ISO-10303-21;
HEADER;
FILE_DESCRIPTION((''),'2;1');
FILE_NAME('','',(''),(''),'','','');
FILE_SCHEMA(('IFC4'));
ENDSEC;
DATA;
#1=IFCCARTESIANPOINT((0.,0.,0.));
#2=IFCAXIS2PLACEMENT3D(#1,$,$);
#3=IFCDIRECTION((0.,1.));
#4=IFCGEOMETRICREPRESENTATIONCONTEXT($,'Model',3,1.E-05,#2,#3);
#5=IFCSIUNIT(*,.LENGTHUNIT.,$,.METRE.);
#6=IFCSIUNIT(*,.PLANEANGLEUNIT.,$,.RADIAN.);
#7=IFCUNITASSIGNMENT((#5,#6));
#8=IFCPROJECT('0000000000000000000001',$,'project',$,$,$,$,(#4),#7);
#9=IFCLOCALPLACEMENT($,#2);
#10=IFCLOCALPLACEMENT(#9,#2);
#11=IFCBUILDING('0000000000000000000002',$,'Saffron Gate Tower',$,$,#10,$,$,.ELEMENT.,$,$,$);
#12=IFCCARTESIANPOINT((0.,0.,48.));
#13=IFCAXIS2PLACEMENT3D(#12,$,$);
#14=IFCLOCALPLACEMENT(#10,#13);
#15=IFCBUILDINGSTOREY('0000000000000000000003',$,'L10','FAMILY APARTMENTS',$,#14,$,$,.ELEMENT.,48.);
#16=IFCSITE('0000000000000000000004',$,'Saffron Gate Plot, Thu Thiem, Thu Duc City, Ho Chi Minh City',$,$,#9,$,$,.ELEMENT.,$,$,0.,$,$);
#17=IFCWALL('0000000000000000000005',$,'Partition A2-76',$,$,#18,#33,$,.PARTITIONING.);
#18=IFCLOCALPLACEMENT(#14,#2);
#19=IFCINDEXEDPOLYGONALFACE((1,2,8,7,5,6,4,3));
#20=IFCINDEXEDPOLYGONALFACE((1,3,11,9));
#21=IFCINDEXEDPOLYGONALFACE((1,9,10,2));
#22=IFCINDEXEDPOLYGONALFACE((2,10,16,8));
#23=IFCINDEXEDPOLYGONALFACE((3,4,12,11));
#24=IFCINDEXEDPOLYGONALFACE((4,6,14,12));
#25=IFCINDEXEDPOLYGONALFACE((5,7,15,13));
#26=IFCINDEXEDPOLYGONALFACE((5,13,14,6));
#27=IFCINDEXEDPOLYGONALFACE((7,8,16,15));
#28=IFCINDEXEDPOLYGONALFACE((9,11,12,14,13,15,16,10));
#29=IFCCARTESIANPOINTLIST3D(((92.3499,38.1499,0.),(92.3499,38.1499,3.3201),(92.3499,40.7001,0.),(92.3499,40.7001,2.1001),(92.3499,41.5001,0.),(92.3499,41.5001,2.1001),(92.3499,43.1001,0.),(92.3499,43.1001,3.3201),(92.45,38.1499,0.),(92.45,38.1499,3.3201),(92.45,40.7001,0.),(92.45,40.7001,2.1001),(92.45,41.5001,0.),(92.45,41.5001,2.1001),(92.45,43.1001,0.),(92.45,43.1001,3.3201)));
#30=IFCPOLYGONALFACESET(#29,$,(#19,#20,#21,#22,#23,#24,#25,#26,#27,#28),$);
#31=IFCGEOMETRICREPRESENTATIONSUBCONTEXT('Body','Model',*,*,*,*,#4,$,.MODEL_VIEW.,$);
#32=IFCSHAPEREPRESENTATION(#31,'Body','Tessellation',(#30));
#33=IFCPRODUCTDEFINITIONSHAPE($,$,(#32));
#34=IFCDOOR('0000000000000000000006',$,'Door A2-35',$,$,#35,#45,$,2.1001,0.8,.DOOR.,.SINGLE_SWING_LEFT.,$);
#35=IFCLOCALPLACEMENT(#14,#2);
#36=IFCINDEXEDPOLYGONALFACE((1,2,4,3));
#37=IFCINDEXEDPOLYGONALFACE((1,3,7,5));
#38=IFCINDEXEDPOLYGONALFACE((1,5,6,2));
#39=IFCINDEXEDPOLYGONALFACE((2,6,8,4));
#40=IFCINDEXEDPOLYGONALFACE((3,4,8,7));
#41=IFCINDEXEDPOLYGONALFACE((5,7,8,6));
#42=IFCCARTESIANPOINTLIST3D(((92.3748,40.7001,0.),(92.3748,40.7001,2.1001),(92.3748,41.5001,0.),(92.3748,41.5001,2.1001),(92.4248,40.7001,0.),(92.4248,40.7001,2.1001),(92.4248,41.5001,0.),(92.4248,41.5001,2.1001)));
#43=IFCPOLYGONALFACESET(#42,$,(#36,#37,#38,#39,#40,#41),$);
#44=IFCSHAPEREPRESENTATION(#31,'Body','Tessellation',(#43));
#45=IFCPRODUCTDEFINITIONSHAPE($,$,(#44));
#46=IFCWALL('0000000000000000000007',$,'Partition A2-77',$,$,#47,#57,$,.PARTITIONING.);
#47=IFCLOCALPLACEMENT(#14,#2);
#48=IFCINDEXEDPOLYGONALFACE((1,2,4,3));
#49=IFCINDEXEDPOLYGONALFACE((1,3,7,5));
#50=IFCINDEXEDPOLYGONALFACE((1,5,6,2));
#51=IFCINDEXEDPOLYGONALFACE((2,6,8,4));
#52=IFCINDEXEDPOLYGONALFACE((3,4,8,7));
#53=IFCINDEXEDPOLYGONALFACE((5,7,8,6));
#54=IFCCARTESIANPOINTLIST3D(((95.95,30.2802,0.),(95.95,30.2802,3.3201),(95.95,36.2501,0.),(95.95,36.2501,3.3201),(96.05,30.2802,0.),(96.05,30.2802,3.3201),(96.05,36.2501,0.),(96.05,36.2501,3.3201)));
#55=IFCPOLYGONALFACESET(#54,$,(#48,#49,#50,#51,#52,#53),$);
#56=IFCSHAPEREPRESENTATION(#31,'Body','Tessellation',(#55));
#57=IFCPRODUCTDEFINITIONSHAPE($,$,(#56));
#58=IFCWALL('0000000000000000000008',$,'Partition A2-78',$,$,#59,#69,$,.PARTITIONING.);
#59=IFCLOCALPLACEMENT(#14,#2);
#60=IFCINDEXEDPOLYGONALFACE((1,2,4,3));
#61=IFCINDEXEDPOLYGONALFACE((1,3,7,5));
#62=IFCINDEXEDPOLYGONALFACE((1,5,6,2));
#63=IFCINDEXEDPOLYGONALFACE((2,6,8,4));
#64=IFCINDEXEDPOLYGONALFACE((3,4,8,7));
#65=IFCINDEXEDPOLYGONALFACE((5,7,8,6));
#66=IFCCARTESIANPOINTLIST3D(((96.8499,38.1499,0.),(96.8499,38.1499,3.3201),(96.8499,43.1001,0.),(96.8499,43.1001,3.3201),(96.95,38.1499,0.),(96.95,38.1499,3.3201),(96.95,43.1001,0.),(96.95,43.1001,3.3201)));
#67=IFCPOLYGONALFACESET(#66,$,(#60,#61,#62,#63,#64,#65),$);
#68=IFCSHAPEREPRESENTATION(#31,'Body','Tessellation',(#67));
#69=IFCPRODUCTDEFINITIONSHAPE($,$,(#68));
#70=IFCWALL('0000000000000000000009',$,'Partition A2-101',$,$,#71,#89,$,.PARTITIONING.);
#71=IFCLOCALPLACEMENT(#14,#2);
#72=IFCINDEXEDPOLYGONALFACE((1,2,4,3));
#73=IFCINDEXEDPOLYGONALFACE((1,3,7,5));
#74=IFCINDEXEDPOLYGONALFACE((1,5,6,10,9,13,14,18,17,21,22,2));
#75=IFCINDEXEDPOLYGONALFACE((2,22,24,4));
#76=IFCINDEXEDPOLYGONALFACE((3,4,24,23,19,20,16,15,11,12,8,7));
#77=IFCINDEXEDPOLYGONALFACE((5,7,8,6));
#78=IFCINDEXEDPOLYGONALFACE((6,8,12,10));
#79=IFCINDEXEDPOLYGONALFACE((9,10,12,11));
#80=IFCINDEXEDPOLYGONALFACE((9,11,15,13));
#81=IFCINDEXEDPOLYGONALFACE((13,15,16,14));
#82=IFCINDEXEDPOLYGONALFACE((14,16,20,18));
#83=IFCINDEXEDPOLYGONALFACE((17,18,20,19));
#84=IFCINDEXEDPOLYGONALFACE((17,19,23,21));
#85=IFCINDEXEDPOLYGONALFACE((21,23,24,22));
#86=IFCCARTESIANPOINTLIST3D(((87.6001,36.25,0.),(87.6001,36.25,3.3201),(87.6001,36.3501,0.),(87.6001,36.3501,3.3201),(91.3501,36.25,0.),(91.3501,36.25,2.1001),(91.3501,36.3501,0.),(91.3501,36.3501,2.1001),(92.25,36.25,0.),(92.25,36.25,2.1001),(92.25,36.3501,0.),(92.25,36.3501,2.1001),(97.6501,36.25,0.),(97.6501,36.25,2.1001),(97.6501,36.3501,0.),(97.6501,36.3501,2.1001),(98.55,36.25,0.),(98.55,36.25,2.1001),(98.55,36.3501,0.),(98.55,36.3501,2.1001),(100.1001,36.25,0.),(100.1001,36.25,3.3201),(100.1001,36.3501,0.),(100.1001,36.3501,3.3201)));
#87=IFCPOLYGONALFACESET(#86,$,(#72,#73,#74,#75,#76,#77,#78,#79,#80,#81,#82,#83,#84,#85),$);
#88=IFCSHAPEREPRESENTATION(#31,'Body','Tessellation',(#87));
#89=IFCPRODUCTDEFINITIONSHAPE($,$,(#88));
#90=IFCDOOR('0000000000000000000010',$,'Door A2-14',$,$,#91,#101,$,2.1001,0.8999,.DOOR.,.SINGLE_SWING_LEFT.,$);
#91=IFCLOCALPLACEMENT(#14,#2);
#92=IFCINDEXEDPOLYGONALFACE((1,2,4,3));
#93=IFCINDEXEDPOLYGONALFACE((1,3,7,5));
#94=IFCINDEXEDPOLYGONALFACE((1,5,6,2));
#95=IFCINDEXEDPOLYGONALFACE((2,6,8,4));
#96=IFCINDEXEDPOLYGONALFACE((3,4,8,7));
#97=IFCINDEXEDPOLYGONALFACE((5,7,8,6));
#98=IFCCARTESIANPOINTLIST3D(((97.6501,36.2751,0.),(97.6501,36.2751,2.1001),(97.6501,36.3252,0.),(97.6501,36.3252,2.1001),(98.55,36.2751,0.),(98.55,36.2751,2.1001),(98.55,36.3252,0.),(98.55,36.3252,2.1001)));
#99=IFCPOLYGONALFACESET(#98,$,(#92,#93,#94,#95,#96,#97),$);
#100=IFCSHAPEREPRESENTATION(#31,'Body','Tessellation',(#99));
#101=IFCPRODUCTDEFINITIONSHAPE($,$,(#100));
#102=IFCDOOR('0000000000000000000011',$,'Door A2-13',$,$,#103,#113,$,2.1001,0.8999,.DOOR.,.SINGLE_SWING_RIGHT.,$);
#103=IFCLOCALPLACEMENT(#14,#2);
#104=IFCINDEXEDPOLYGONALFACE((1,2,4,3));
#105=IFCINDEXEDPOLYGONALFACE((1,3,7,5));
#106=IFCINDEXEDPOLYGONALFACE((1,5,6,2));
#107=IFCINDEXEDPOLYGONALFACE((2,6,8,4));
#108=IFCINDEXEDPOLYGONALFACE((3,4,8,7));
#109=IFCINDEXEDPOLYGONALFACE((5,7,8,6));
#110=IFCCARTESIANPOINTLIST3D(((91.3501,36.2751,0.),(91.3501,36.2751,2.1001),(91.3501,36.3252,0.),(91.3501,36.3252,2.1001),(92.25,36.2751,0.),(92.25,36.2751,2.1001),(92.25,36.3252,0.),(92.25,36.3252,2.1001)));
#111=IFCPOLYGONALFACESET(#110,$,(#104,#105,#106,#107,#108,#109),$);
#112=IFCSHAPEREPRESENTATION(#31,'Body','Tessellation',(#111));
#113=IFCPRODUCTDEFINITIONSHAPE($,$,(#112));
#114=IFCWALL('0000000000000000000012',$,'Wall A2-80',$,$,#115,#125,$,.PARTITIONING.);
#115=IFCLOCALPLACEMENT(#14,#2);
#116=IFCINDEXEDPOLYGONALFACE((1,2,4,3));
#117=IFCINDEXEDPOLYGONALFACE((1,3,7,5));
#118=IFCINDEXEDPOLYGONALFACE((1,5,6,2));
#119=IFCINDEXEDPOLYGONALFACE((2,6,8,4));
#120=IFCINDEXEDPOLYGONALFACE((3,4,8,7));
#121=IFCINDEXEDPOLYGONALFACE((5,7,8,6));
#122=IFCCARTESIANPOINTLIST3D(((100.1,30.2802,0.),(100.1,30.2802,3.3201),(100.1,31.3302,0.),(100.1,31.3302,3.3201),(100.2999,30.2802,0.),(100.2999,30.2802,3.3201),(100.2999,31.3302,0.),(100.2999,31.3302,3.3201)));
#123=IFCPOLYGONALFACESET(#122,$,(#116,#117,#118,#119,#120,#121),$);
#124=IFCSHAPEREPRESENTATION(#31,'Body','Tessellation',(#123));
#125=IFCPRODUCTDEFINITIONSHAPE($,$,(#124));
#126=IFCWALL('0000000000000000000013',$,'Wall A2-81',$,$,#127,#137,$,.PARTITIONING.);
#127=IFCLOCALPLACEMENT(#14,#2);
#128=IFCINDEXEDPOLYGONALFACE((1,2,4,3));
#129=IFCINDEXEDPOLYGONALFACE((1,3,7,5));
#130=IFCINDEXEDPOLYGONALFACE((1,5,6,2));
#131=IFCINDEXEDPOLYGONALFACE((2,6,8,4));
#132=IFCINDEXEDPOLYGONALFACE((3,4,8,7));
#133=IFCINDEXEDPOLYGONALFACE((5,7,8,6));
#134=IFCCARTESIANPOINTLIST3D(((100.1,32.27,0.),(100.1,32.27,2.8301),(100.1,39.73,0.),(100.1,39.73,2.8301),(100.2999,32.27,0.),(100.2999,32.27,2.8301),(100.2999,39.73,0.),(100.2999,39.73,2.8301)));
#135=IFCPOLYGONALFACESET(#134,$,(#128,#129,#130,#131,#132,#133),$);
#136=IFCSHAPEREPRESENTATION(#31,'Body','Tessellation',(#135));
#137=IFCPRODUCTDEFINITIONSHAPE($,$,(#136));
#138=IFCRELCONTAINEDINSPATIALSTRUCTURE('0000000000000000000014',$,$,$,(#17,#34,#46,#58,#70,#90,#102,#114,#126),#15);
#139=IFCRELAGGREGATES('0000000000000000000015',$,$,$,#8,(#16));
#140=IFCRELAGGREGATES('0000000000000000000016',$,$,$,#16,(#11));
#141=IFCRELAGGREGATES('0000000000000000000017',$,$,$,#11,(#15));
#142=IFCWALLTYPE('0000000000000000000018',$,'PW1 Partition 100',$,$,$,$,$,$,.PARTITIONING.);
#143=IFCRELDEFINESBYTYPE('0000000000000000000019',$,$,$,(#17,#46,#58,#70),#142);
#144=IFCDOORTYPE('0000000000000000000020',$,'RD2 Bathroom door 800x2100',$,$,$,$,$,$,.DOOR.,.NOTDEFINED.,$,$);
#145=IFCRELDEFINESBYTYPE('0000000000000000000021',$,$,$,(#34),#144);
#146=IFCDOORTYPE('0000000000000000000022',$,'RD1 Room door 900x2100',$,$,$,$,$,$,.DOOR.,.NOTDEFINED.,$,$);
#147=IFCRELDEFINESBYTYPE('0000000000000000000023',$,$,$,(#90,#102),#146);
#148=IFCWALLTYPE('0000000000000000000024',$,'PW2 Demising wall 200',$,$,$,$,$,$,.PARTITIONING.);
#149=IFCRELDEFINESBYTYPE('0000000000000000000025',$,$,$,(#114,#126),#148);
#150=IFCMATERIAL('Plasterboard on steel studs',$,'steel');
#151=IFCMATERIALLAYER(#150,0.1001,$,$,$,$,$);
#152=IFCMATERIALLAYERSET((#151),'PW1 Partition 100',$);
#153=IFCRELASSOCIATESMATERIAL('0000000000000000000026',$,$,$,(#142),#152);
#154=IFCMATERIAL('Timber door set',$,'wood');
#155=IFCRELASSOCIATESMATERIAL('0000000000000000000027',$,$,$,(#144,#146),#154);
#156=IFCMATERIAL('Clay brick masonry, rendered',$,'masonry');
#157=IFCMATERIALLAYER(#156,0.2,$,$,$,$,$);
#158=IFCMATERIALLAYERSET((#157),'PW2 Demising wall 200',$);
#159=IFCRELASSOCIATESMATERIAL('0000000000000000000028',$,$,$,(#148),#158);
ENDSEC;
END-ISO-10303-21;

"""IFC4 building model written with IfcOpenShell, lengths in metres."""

from ifc_helpers import new_model, si_unit, direction, frame, frame_2d, origin, place, context, subcontext, project, spatial, rectangle, extrude, material, layer, layer_set, type_object, element, fill, save


model = new_model("IFC4")

# Units and contexts
model_context = context("Model", 3, precision=1e-05, world=origin(), true_north=direction((0.0, 1.0)))
body_context = subcontext(model_context, "Body", "Model", "MODEL_VIEW")
ifc_project = project(units=[si_unit("LENGTHUNIT", "METRE"), si_unit("PLANEANGLEUNIT", "RADIAN")], contexts=[model_context])

# Site, building, storey
site_placement = place(None, origin())
site = spatial("IfcSite", under=ifc_project, at=site_placement, Name="Saffron Gate Plot, Thu Thiem, Thu Duc City, Ho Chi Minh City", CompositionType="ELEMENT", RefElevation=0.0)
building_placement = place(site_placement, origin())
building = spatial("IfcBuilding", under=site, at=building_placement, Name="Saffron Gate Tower", CompositionType="ELEMENT")
storey_placement = place(building_placement, frame((0.0, 0.0, 48.0)))
storey = spatial("IfcBuildingStorey", under=building, at=storey_placement, Name="L10", Description="FAMILY APARTMENTS", CompositionType="ELEMENT", Elevation=48.0)

# Wall, opening, door
ifc_material_1 = material(Name="Plasterboard on steel studs", Category="steel")
ifc_layer_1 = layer(ifc_material_1, 0.1001)
ifc_layer_set_1 = layer_set([ifc_layer_1], Name="PW1 Partition 100")
wall_type_1 = type_object("IfcWallType", Name="PW1 Partition 100", PredefinedType="PARTITIONING", material=ifc_layer_set_1)
ifc_material_2 = material(Name="Timber door set", Category="wood")
door_type_1 = type_object("IfcDoorType", Name="RD2 Bathroom door 800x2100", OperationType="NOTDEFINED", PredefinedType="DOOR", material=ifc_material_2)
wall_1_placement = place(storey_placement, frame((92.3999, 43.1001, 0.0), z_axis=(0.0, 0.0, 1.0), x_axis=(0.0, -1.0, 0.0)))
wall_1 = element("IfcWall", 1, at=wall_1_placement, inside=storey, type_object=wall_type_1, Name="Partition A2-76", PredefinedType="PARTITIONING", context=body_context, shape_type="SweptSolid", body=[
    extrude(rectangle(XDim=4.9502, YDim=0.1001, at=frame_2d((2.4751, 0.0))), origin(), (0.0, 0.0, 1.0), 3.3201),
])
opening_1_placement = place(wall_1_placement, frame((1.6001, 0.0, 0.0)))
opening_1 = element("IfcOpeningElement", 2, at=opening_1_placement, cuts=wall_1, PredefinedType="OPENING", context=body_context, shape_type="SweptSolid", body=[
    extrude(rectangle(XDim=0.8, YDim=2.1001, at=frame_2d((0.3999, 1.05))), frame((0.0, 0.0601, 0.0), z_axis=(0.0, -1.0, 0.0), x_axis=(1.0, 0.0, 0.0)), (0.0, 0.0, 1.0), 0.1201),
])
door_1_placement = place(opening_1_placement, origin())
door_1 = element("IfcDoor", 3, at=door_1_placement, inside=storey, type_object=door_type_1, Name="Door A2-35", OperationType="SINGLE_SWING_LEFT", OverallHeight=2.1001, OverallWidth=0.8, PredefinedType="DOOR", context=body_context, shape_type="SweptSolid", body=[
    extrude(rectangle(XDim=0.8, YDim=2.1001, at=frame_2d((0.3999, 1.05))), frame((0.0, 0.0249, 0.0), z_axis=(0.0, -1.0, 0.0), x_axis=(1.0, 0.0, 0.0)), (0.0, 0.0, 1.0), 0.05),
])
fill(opening_1, door_1)

# Walls
wall_2_placement = place(storey_placement, frame((96.0, 36.25, 0.0), z_axis=(0.0, 0.0, 1.0), x_axis=(0.0, -1.0, 0.0)))
element("IfcWall", 4, at=wall_2_placement, inside=storey, type_object=wall_type_1, Name="Partition A2-77", PredefinedType="PARTITIONING", context=body_context, shape_type="SweptSolid", body=[
    extrude(rectangle(XDim=5.97, YDim=0.1001, at=frame_2d((2.9849, 0.0))), origin(), (0.0, 0.0, 1.0), 3.3201),
])
wall_3_placement = place(storey_placement, frame((96.8999, 43.1001, 0.0), z_axis=(0.0, 0.0, 1.0), x_axis=(0.0, -1.0, 0.0)))
element("IfcWall", 5, at=wall_3_placement, inside=storey, type_object=wall_type_1, Name="Partition A2-78", PredefinedType="PARTITIONING", context=body_context, shape_type="SweptSolid", body=[
    extrude(rectangle(XDim=4.9502, YDim=0.1001, at=frame_2d((2.4751, 0.0))), origin(), (0.0, 0.0, 1.0), 3.3201),
])

# Wall, openings, doors
wall_4_placement = place(storey_placement, frame((100.1001, 36.3, 0.0), z_axis=(0.0, 0.0, 1.0), x_axis=(-1.0, 0.0, 0.0)))
wall_4 = element("IfcWall", 6, at=wall_4_placement, inside=storey, type_object=wall_type_1, Name="Partition A2-101", PredefinedType="PARTITIONING", context=body_context, shape_type="SweptSolid", body=[
    extrude(rectangle(XDim=12.5, YDim=0.1001, at=frame_2d((6.25, 0.0))), origin(), (0.0, 0.0, 1.0), 3.3201),
])
opening_2_placement = place(wall_4_placement, frame((1.55, 0.0, 0.0)))
opening_2 = element("IfcOpeningElement", 7, at=opening_2_placement, cuts=wall_4, PredefinedType="OPENING", context=body_context, shape_type="SweptSolid", body=[
    extrude(rectangle(XDim=0.8999, YDim=2.1001, at=frame_2d((0.45, 1.05))), frame((0.0, 0.0601, 0.0), z_axis=(0.0, -1.0, 0.0), x_axis=(1.0, 0.0, 0.0)), (0.0, 0.0, 1.0), 0.1201),
])
opening_3_placement = place(wall_4_placement, frame((7.8501, 0.0, 0.0)))
opening_3 = element("IfcOpeningElement", 8, at=opening_3_placement, cuts=wall_4, PredefinedType="OPENING", context=body_context, shape_type="SweptSolid", body=[
    extrude(rectangle(XDim=0.8999, YDim=2.1001, at=frame_2d((0.45, 1.05))), frame((0.0, 0.0601, 0.0), z_axis=(0.0, -1.0, 0.0), x_axis=(1.0, 0.0, 0.0)), (0.0, 0.0, 1.0), 0.1201),
])
door_type_2 = type_object("IfcDoorType", Name="RD1 Room door 900x2100", OperationType="NOTDEFINED", PredefinedType="DOOR", material=ifc_material_2)
door_2_placement = place(opening_2_placement, origin())
door_2 = element("IfcDoor", 9, at=door_2_placement, inside=storey, type_object=door_type_2, Name="Door A2-14", OperationType="SINGLE_SWING_LEFT", OverallHeight=2.1001, OverallWidth=0.8999, PredefinedType="DOOR", context=body_context, shape_type="SweptSolid", body=[
    extrude(rectangle(XDim=0.8999, YDim=2.1001, at=frame_2d((0.45, 1.05))), frame((0.0, 0.0249, 0.0), z_axis=(0.0, -1.0, 0.0), x_axis=(1.0, 0.0, 0.0)), (0.0, 0.0, 1.0), 0.05),
])
fill(opening_2, door_2)
door_3_placement = place(opening_3_placement, origin())
door_3 = element("IfcDoor", 10, at=door_3_placement, inside=storey, type_object=door_type_2, Name="Door A2-13", OperationType="SINGLE_SWING_RIGHT", OverallHeight=2.1001, OverallWidth=0.8999, PredefinedType="DOOR", context=body_context, shape_type="SweptSolid", body=[
    extrude(rectangle(XDim=0.8999, YDim=2.1001, at=frame_2d((0.45, 1.05))), frame((0.0, 0.0249, 0.0), z_axis=(0.0, -1.0, 0.0), x_axis=(1.0, 0.0, 0.0)), (0.0, 0.0, 1.0), 0.05),
])
fill(opening_3, door_3)

# Walls
ifc_material_3 = material(Name="Clay brick masonry, rendered", Category="masonry")
ifc_layer_2 = layer(ifc_material_3, 0.2)
ifc_layer_set_2 = layer_set([ifc_layer_2], Name="PW2 Demising wall 200")
wall_type_2 = type_object("IfcWallType", Name="PW2 Demising wall 200", PredefinedType="PARTITIONING", material=ifc_layer_set_2)
wall_5_placement = place(storey_placement, frame((100.2, 31.3301, 0.0), z_axis=(0.0, 0.0, 1.0), x_axis=(0.0, -1.0, 0.0)))
element("IfcWall", 11, at=wall_5_placement, inside=storey, type_object=wall_type_2, Name="Wall A2-80", PredefinedType="PARTITIONING", context=body_context, shape_type="SweptSolid", body=[
    extrude(rectangle(XDim=1.05, YDim=0.2, at=frame_2d((0.5249, 0.0))), origin(), (0.0, 0.0, 1.0), 3.3201),
])
wall_6_placement = place(storey_placement, frame((100.2, 39.73, 0.0), z_axis=(0.0, 0.0, 1.0), x_axis=(0.0, -1.0, 0.0)))
element("IfcWall", 12, at=wall_6_placement, inside=storey, type_object=wall_type_2, Name="Wall A2-81", PredefinedType="PARTITIONING", context=body_context, shape_type="SweptSolid", body=[
    extrude(rectangle(XDim=7.46, YDim=0.2, at=frame_2d((3.73, 0.0))), origin(), (0.0, 0.0, 1.0), 2.8301),
])

save(model, "model.ifc")
